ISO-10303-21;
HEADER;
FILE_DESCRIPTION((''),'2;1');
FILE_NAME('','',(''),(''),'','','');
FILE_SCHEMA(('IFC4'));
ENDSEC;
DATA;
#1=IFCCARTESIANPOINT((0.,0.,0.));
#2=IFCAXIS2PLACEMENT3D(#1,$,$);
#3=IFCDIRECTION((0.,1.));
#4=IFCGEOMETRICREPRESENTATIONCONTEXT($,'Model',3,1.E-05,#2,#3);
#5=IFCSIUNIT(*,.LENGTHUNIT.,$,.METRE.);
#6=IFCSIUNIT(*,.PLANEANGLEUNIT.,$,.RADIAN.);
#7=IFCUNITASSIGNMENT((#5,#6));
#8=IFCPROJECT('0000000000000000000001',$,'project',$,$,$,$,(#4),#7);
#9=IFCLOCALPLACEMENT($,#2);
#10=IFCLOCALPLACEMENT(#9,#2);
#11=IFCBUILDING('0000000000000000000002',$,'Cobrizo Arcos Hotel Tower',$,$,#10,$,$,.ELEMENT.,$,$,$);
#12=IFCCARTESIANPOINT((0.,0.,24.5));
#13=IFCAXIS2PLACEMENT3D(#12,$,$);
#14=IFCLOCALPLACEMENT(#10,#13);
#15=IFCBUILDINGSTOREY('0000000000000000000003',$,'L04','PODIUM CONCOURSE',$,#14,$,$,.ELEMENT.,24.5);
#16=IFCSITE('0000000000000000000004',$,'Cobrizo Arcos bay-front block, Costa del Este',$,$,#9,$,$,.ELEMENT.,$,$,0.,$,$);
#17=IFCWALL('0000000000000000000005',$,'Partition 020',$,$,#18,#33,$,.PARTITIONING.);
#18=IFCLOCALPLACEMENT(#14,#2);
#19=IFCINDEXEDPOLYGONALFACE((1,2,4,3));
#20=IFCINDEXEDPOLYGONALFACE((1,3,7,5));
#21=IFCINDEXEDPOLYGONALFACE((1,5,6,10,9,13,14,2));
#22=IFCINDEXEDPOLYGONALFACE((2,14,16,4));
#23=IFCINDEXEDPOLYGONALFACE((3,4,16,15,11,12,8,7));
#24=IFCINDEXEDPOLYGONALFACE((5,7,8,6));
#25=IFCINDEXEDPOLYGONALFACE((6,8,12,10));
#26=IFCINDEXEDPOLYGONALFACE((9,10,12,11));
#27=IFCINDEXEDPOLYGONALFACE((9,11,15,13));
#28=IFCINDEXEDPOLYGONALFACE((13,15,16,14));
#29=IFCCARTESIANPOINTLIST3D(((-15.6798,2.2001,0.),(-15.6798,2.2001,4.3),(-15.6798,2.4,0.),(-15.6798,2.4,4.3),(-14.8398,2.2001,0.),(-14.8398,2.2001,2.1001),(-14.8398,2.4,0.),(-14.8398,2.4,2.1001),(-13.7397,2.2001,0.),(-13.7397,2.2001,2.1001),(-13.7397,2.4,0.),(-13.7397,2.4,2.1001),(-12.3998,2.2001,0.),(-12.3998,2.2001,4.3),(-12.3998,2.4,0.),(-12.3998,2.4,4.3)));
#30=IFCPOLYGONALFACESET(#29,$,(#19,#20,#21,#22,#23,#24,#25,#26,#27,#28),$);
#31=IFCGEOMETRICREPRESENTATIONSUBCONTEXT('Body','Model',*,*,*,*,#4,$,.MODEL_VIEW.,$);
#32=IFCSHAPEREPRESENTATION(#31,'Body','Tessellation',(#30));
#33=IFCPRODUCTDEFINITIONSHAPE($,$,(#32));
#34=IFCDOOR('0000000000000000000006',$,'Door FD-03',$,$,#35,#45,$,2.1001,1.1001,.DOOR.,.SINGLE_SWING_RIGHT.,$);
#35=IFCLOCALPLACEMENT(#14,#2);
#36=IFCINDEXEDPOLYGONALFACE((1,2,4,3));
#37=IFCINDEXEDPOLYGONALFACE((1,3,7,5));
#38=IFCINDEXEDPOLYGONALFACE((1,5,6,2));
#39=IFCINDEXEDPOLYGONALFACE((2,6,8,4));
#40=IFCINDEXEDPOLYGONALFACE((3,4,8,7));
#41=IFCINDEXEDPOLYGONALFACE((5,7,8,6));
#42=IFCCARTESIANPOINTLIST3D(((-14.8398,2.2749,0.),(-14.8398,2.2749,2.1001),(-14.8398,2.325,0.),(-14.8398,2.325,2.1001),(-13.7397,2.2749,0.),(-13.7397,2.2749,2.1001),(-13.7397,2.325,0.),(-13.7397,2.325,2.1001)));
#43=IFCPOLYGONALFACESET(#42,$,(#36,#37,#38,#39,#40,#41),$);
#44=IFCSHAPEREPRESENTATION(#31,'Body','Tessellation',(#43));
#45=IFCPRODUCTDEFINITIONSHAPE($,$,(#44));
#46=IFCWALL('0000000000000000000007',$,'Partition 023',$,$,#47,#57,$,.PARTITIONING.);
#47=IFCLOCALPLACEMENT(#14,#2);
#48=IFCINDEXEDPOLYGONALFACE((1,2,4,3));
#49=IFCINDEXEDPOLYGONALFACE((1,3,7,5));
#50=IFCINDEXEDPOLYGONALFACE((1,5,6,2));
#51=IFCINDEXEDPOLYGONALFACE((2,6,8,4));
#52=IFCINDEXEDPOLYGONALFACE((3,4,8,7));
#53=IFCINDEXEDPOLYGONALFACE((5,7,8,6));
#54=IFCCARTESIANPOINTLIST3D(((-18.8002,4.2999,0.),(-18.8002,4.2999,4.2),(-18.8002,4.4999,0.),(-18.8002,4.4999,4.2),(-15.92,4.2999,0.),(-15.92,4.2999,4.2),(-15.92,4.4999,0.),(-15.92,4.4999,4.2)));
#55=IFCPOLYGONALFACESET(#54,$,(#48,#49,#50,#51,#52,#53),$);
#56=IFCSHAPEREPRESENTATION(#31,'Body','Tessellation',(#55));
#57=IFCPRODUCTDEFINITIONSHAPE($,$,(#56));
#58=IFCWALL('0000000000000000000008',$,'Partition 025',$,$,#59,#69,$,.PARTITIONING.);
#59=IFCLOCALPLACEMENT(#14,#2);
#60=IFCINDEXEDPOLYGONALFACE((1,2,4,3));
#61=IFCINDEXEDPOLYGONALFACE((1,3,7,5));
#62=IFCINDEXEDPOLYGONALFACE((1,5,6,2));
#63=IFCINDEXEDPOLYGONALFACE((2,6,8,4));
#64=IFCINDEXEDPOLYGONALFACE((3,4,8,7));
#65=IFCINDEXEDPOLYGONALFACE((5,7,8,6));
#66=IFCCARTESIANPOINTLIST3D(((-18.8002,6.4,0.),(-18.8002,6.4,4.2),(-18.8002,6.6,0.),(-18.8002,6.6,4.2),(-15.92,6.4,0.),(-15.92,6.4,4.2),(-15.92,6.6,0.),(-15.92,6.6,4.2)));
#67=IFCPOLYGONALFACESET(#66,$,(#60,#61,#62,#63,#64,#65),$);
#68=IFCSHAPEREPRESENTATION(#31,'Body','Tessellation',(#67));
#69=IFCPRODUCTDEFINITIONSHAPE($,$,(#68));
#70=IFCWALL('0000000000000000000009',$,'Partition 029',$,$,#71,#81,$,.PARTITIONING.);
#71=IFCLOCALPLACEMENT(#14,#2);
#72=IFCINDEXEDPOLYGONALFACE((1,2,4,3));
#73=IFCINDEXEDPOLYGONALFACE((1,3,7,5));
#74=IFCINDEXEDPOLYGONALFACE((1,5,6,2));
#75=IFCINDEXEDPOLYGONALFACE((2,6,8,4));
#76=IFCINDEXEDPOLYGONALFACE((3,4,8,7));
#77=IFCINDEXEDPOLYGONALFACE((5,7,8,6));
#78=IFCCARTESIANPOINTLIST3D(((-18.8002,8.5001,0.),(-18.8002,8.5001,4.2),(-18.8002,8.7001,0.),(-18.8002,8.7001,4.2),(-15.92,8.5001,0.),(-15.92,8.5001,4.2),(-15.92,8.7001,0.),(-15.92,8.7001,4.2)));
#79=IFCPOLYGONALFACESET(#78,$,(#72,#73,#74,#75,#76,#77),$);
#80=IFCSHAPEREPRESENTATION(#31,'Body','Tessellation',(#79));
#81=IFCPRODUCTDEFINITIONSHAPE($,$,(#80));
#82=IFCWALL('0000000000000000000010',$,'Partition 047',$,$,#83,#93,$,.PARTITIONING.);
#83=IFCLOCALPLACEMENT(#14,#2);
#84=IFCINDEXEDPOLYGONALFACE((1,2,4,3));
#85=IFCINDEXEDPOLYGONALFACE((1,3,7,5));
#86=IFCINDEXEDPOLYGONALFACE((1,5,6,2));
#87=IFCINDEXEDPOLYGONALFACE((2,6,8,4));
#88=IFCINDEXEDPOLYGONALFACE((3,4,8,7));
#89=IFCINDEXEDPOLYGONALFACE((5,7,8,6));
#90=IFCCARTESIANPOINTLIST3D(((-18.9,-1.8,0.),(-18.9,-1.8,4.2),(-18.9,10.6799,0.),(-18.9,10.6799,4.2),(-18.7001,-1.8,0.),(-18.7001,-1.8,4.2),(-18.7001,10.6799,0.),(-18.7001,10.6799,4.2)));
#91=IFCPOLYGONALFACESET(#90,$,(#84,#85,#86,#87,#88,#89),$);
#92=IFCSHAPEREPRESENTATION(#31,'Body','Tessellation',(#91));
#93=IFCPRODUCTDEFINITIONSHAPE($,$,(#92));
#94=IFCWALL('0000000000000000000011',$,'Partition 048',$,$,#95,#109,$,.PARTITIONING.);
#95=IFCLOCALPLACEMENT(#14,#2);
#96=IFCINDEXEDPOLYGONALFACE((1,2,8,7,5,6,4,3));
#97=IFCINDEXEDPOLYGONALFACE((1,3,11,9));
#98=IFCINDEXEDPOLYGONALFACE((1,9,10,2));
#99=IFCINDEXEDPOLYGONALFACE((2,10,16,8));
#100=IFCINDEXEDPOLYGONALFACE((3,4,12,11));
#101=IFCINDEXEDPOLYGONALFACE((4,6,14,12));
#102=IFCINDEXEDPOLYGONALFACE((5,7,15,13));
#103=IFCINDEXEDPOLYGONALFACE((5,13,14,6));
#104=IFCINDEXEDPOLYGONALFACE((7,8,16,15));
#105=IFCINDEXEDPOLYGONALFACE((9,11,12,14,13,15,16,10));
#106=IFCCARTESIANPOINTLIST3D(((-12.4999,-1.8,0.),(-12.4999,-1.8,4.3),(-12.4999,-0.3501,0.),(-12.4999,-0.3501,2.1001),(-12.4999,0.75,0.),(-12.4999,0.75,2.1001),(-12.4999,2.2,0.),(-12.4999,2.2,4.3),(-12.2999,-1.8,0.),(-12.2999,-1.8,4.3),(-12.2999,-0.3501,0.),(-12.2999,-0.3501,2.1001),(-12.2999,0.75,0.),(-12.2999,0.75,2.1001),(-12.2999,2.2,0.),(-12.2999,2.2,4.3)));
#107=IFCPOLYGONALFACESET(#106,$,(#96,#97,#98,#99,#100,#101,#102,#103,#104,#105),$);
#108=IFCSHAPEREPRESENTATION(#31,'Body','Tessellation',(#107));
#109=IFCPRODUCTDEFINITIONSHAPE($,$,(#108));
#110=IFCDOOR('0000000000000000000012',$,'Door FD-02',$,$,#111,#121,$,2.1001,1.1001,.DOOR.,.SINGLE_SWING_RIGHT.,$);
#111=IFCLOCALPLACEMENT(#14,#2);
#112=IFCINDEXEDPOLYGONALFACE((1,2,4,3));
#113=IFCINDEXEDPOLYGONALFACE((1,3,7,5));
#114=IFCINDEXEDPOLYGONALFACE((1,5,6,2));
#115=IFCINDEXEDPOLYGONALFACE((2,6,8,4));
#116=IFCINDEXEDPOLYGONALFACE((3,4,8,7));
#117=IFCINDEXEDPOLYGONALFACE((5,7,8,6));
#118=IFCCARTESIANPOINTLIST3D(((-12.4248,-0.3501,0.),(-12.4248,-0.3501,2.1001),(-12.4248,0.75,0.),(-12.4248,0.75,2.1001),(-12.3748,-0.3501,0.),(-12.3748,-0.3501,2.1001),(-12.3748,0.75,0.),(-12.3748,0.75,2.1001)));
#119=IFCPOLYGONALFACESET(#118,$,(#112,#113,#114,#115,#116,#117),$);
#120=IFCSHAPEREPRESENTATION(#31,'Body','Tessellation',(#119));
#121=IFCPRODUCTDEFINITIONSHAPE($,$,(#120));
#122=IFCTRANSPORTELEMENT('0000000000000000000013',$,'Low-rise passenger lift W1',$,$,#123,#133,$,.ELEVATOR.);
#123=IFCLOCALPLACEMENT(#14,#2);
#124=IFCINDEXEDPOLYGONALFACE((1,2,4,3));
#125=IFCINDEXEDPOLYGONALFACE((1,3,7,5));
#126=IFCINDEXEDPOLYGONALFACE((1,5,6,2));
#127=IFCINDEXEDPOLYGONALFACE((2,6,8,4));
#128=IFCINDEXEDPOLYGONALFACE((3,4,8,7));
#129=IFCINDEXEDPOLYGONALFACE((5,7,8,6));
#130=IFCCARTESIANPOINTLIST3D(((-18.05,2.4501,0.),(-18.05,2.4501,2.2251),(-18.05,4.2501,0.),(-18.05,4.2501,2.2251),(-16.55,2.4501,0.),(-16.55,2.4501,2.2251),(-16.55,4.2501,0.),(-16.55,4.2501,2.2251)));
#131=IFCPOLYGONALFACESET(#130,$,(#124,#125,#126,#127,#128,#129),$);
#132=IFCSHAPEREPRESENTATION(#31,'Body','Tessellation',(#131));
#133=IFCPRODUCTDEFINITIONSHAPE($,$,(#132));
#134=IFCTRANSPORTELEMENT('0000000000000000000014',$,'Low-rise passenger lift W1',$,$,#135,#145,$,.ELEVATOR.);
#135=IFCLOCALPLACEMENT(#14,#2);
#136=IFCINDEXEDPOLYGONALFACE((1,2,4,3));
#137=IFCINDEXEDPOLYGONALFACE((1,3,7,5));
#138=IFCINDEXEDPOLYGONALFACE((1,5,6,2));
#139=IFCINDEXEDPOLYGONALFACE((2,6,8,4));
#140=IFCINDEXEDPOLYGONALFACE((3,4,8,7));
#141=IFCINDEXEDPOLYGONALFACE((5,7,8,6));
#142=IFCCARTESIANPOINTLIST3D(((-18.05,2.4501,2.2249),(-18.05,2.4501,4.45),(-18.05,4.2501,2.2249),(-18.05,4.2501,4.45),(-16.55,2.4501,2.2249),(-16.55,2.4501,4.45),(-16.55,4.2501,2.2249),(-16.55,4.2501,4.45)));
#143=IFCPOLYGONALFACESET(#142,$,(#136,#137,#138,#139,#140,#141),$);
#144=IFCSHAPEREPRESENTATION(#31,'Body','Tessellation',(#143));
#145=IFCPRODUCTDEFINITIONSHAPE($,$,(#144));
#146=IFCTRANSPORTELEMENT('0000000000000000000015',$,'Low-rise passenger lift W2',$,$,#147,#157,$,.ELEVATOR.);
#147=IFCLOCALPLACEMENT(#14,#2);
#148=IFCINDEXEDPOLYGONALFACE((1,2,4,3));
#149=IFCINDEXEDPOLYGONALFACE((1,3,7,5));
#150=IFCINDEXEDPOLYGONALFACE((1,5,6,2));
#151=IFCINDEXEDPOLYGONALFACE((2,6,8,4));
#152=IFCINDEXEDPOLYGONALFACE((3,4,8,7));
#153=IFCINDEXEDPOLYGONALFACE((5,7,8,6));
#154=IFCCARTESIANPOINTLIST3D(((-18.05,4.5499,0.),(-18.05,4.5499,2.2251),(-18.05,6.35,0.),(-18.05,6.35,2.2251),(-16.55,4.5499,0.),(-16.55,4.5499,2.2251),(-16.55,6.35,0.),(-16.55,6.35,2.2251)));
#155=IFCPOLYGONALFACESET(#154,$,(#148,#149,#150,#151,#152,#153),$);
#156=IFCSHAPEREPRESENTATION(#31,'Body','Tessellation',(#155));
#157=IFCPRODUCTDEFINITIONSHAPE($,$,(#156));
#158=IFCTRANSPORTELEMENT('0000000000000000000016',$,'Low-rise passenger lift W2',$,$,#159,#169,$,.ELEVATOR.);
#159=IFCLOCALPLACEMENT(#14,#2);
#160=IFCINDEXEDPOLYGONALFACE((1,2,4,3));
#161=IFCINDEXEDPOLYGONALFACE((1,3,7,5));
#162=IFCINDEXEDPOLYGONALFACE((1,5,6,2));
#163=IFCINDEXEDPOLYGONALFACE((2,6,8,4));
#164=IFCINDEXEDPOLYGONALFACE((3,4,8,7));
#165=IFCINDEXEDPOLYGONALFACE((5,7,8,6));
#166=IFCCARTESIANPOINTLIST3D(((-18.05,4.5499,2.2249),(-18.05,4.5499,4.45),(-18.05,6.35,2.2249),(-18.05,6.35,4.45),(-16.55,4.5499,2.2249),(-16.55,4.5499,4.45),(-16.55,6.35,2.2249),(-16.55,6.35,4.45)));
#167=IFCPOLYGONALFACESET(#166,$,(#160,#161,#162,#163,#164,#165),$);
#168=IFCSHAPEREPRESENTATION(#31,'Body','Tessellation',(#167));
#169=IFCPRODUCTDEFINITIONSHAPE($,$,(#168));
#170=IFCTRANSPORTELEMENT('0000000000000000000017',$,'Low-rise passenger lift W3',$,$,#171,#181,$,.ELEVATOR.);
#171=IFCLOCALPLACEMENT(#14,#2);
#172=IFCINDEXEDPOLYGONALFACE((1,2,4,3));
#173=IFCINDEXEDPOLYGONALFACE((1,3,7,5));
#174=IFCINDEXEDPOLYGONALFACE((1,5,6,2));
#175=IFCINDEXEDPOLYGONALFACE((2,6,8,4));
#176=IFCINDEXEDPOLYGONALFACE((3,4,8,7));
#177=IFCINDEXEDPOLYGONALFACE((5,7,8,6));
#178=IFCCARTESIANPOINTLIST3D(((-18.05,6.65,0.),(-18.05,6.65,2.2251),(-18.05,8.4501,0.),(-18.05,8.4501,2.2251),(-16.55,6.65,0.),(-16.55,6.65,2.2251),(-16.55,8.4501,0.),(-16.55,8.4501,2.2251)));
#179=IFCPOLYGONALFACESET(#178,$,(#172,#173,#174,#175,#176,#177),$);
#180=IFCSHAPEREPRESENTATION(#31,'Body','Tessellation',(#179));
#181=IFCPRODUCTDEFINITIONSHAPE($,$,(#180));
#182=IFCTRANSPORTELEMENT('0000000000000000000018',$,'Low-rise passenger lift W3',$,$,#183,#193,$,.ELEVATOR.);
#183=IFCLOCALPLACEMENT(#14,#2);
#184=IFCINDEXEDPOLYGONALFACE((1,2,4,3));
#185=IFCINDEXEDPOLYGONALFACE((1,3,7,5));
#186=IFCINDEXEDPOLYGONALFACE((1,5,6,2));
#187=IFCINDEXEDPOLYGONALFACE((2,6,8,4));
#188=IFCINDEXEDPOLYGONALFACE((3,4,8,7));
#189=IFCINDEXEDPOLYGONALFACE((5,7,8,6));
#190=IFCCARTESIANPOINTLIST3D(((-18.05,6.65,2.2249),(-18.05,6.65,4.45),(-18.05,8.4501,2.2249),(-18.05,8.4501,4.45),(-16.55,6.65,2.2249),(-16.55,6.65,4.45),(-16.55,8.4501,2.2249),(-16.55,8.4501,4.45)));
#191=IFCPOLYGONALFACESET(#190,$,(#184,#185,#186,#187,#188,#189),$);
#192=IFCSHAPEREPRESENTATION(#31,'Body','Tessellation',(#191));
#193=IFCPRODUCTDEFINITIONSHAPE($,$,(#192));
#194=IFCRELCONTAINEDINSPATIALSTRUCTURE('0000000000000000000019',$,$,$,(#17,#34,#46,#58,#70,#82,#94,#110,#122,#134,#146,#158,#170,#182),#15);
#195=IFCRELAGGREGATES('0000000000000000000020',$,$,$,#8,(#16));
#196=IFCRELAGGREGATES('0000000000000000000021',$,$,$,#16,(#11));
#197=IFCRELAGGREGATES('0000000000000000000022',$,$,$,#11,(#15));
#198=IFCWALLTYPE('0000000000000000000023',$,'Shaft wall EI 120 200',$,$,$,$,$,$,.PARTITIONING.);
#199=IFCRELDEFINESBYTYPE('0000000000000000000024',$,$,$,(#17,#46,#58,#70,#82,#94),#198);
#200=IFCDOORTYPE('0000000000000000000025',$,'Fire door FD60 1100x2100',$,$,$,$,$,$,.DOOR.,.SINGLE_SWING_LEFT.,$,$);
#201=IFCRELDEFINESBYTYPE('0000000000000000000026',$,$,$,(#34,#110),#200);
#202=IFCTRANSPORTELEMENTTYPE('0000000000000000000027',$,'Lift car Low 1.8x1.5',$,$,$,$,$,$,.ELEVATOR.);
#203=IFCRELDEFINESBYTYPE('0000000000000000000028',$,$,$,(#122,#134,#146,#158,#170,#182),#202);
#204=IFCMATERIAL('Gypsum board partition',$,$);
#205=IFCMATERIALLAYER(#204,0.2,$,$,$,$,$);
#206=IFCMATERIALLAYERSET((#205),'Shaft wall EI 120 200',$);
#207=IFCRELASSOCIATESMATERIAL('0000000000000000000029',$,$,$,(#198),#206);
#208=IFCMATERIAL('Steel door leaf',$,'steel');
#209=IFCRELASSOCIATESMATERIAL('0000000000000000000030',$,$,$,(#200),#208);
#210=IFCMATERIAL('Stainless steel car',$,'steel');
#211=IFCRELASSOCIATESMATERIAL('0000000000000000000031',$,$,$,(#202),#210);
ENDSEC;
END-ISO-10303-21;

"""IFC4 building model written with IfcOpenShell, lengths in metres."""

from ifc_helpers import new_model, si_unit, direction, frame, frame_2d, origin, origin_2d, place, context, subcontext, project, spatial, rectangle, extrude, material, layer, layer_set, type_object, element, fill, save


model = new_model("IFC4")

# Units and contexts
model_context = context("Model", 3, precision=1e-05, world=origin(), true_north=direction((0.0, 1.0)))
body_context = subcontext(model_context, "Body", "Model", "MODEL_VIEW")
ifc_project = project(units=[si_unit("LENGTHUNIT", "METRE"), si_unit("PLANEANGLEUNIT", "RADIAN")], contexts=[model_context])

# Site, building, storey
site_placement = place(None, origin())
site = spatial("IfcSite", under=ifc_project, at=site_placement, Name="Cobrizo Arcos bay-front block, Costa del Este", CompositionType="ELEMENT", RefElevation=0.0)
building_placement = place(site_placement, origin())
building = spatial("IfcBuilding", under=site, at=building_placement, Name="Cobrizo Arcos Hotel Tower", CompositionType="ELEMENT")
storey_placement = place(building_placement, frame((0.0, 0.0, 24.5)))
storey = spatial("IfcBuildingStorey", under=building, at=storey_placement, Name="L04", Description="PODIUM CONCOURSE", CompositionType="ELEMENT", Elevation=24.5)

# Shared definitions
ifc_material_1 = material(Name="Gypsum board partition")
ifc_layer_1 = layer(ifc_material_1, 0.2)
ifc_layer_set_1 = layer_set([ifc_layer_1], Name="Shaft wall EI 120 200")
wall_type_1 = type_object("IfcWallType", Name="Shaft wall EI 120 200", PredefinedType="PARTITIONING", material=ifc_layer_set_1)

# Wall, opening, door
wall_1_placement = place(storey_placement, frame((-15.6799, 2.3, 0.0), z_axis=(0.0, 0.0, 1.0), x_axis=(1.0, 0.0, 0.0)))
wall_1 = element("IfcWall", 1, at=wall_1_placement, inside=storey, type_object=wall_type_1, Name="Partition 020", PredefinedType="PARTITIONING", context=body_context, shape_type="SweptSolid", body=[
    extrude(rectangle(XDim=3.28, YDim=0.2, at=frame_2d((1.6401, 0.0))), origin(), (0.0, 0.0, 1.0), 4.3),
])
opening_1_placement = place(wall_1_placement, frame((0.8401, 0.0, 0.0)))
opening_1 = element("IfcOpeningElement", 2, at=opening_1_placement, cuts=wall_1, PredefinedType="OPENING", context=body_context, shape_type="SweptSolid", body=[
    extrude(rectangle(XDim=1.1001, YDim=2.1001, at=frame_2d((0.55, 1.05))), frame((0.0, 0.1121, 0.0), z_axis=(0.0, -1.0, 0.0), x_axis=(1.0, 0.0, 0.0)), (0.0, 0.0, 1.0), 0.2239),
])
ifc_material_2 = material(Name="Steel door leaf", Category="steel")
door_type = type_object("IfcDoorType", Name="Fire door FD60 1100x2100", OperationType="SINGLE_SWING_LEFT", PredefinedType="DOOR", material=ifc_material_2)
door_1_placement = place(opening_1_placement, origin())
door_1 = element("IfcDoor", 3, at=door_1_placement, inside=storey, type_object=door_type, Name="Door FD-03", OperationType="SINGLE_SWING_RIGHT", OverallHeight=2.1001, OverallWidth=1.1001, PredefinedType="DOOR", context=body_context, shape_type="SweptSolid", body=[
    extrude(rectangle(XDim=1.1001, YDim=2.1001, at=frame_2d((0.55, 1.05))), frame((0.0, 0.0249, 0.0), z_axis=(0.0, -1.0, 0.0), x_axis=(1.0, 0.0, 0.0)), (0.0, 0.0, 1.0), 0.05),
])
fill(opening_1, door_1)

# Walls
for number, where, z_axis, x_axis, name in (
    (4, (-18.8, 4.3999, 0.0), (0.0, 0.0, 1.0), (1.0, 0.0, 0.0), "Partition 023"),
    (5, (-18.8, 6.5, 0.0), (0.0, 0.0, 1.0), (1.0, 0.0, 0.0), "Partition 025"),
    (6, (-18.8, 8.6001, 0.0), (0.0, 0.0, 1.0), (1.0, 0.0, 0.0), "Partition 029"),
):
    element("IfcWall", number, at=place(storey_placement, frame(where, z_axis=z_axis, x_axis=x_axis)), inside=storey, type_object=wall_type_1, Name=name, PredefinedType="PARTITIONING", context=body_context, shape_type="SweptSolid", body=[
        extrude(rectangle(XDim=2.8801, YDim=0.2, at=frame_2d((1.4399, 0.0))), origin(), (0.0, 0.0, 1.0), 4.2),
    ])
wall_2_placement = place(storey_placement, frame((-18.8, -1.8, 0.0), z_axis=(0.0, 0.0, 1.0), x_axis=(0.0, 1.0, 0.0)))
element("IfcWall", 7, at=wall_2_placement, inside=storey, type_object=wall_type_1, Name="Partition 047", PredefinedType="PARTITIONING", context=body_context, shape_type="SweptSolid", body=[
    extrude(rectangle(XDim=12.48, YDim=0.2, at=frame_2d((6.24, 0.0))), origin(), (0.0, 0.0, 1.0), 4.2),
])

# Wall, opening, door
wall_3_placement = place(storey_placement, frame((-12.3999, -1.8, 0.0), z_axis=(0.0, 0.0, 1.0), x_axis=(0.0, 1.0, 0.0)))
wall_3 = element("IfcWall", 8, at=wall_3_placement, inside=storey, type_object=wall_type_1, Name="Partition 048", PredefinedType="PARTITIONING", context=body_context, shape_type="SweptSolid", body=[
    extrude(rectangle(XDim=4.0, YDim=0.2, at=frame_2d((2.0, 0.0))), origin(), (0.0, 0.0, 1.0), 4.3),
])
opening_2_placement = place(wall_3_placement, frame((1.45, 0.0, 0.0)))
opening_2 = element("IfcOpeningElement", 9, at=opening_2_placement, cuts=wall_3, PredefinedType="OPENING", context=body_context, shape_type="SweptSolid", body=[
    extrude(rectangle(XDim=1.1001, YDim=2.1001, at=frame_2d((0.55, 1.05))), frame((0.0, 0.1121, 0.0), z_axis=(0.0, -1.0, 0.0), x_axis=(1.0, 0.0, 0.0)), (0.0, 0.0, 1.0), 0.2239),
])
door_2_placement = place(opening_2_placement, origin())
door_2 = element("IfcDoor", 10, at=door_2_placement, inside=storey, type_object=door_type, Name="Door FD-02", OperationType="SINGLE_SWING_RIGHT", OverallHeight=2.1001, OverallWidth=1.1001, PredefinedType="DOOR", context=body_context, shape_type="SweptSolid", body=[
    extrude(rectangle(XDim=1.1001, YDim=2.1001, at=frame_2d((0.55, 1.05))), frame((0.0, 0.0249, 0.0), z_axis=(0.0, -1.0, 0.0), x_axis=(1.0, 0.0, 0.0)), (0.0, 0.0, 1.0), 0.05),
])
fill(opening_2, door_2)

# Transport elements
ifc_material_3 = material(Name="Stainless steel car", Category="steel")
transport_element_type = type_object("IfcTransportElementType", Name="Lift car Low 1.8x1.5", PredefinedType="ELEVATOR", material=ifc_material_3)
for number, where, z_axis, x_axis, name in (
    (11, (-17.3, 3.3501, 0.0), (0.0, 0.0, 1.0), (1.0, 0.0, 0.0), "Low-rise passenger lift W1"),
    (12, (-17.3, 3.3501, 2.2249), (0.0, 0.0, 1.0), (1.0, 0.0, 0.0), "Low-rise passenger lift W1"),
    (13, (-17.3, 5.45, 0.0), (0.0, 0.0, 1.0), (1.0, 0.0, 0.0), "Low-rise passenger lift W2"),
    (14, (-17.3, 5.45, 2.2249), (0.0, 0.0, 1.0), (1.0, 0.0, 0.0), "Low-rise passenger lift W2"),
    (15, (-17.3, 7.55, 0.0), (0.0, 0.0, 1.0), (1.0, 0.0, 0.0), "Low-rise passenger lift W3"),
    (16, (-17.3, 7.55, 2.2249), (0.0, 0.0, 1.0), (1.0, 0.0, 0.0), "Low-rise passenger lift W3"),
):
    element("IfcTransportElement", number, at=place(storey_placement, frame(where, z_axis=z_axis, x_axis=x_axis)), inside=storey, type_object=transport_element_type, Name=name, PredefinedType="ELEVATOR", context=body_context, shape_type="SweptSolid", body=[
        extrude(rectangle(XDim=1.5, YDim=1.8, at=origin_2d()), origin(), (0.0, 0.0, 1.0), 2.2251),
    ])

save(model, "model.ifc")
